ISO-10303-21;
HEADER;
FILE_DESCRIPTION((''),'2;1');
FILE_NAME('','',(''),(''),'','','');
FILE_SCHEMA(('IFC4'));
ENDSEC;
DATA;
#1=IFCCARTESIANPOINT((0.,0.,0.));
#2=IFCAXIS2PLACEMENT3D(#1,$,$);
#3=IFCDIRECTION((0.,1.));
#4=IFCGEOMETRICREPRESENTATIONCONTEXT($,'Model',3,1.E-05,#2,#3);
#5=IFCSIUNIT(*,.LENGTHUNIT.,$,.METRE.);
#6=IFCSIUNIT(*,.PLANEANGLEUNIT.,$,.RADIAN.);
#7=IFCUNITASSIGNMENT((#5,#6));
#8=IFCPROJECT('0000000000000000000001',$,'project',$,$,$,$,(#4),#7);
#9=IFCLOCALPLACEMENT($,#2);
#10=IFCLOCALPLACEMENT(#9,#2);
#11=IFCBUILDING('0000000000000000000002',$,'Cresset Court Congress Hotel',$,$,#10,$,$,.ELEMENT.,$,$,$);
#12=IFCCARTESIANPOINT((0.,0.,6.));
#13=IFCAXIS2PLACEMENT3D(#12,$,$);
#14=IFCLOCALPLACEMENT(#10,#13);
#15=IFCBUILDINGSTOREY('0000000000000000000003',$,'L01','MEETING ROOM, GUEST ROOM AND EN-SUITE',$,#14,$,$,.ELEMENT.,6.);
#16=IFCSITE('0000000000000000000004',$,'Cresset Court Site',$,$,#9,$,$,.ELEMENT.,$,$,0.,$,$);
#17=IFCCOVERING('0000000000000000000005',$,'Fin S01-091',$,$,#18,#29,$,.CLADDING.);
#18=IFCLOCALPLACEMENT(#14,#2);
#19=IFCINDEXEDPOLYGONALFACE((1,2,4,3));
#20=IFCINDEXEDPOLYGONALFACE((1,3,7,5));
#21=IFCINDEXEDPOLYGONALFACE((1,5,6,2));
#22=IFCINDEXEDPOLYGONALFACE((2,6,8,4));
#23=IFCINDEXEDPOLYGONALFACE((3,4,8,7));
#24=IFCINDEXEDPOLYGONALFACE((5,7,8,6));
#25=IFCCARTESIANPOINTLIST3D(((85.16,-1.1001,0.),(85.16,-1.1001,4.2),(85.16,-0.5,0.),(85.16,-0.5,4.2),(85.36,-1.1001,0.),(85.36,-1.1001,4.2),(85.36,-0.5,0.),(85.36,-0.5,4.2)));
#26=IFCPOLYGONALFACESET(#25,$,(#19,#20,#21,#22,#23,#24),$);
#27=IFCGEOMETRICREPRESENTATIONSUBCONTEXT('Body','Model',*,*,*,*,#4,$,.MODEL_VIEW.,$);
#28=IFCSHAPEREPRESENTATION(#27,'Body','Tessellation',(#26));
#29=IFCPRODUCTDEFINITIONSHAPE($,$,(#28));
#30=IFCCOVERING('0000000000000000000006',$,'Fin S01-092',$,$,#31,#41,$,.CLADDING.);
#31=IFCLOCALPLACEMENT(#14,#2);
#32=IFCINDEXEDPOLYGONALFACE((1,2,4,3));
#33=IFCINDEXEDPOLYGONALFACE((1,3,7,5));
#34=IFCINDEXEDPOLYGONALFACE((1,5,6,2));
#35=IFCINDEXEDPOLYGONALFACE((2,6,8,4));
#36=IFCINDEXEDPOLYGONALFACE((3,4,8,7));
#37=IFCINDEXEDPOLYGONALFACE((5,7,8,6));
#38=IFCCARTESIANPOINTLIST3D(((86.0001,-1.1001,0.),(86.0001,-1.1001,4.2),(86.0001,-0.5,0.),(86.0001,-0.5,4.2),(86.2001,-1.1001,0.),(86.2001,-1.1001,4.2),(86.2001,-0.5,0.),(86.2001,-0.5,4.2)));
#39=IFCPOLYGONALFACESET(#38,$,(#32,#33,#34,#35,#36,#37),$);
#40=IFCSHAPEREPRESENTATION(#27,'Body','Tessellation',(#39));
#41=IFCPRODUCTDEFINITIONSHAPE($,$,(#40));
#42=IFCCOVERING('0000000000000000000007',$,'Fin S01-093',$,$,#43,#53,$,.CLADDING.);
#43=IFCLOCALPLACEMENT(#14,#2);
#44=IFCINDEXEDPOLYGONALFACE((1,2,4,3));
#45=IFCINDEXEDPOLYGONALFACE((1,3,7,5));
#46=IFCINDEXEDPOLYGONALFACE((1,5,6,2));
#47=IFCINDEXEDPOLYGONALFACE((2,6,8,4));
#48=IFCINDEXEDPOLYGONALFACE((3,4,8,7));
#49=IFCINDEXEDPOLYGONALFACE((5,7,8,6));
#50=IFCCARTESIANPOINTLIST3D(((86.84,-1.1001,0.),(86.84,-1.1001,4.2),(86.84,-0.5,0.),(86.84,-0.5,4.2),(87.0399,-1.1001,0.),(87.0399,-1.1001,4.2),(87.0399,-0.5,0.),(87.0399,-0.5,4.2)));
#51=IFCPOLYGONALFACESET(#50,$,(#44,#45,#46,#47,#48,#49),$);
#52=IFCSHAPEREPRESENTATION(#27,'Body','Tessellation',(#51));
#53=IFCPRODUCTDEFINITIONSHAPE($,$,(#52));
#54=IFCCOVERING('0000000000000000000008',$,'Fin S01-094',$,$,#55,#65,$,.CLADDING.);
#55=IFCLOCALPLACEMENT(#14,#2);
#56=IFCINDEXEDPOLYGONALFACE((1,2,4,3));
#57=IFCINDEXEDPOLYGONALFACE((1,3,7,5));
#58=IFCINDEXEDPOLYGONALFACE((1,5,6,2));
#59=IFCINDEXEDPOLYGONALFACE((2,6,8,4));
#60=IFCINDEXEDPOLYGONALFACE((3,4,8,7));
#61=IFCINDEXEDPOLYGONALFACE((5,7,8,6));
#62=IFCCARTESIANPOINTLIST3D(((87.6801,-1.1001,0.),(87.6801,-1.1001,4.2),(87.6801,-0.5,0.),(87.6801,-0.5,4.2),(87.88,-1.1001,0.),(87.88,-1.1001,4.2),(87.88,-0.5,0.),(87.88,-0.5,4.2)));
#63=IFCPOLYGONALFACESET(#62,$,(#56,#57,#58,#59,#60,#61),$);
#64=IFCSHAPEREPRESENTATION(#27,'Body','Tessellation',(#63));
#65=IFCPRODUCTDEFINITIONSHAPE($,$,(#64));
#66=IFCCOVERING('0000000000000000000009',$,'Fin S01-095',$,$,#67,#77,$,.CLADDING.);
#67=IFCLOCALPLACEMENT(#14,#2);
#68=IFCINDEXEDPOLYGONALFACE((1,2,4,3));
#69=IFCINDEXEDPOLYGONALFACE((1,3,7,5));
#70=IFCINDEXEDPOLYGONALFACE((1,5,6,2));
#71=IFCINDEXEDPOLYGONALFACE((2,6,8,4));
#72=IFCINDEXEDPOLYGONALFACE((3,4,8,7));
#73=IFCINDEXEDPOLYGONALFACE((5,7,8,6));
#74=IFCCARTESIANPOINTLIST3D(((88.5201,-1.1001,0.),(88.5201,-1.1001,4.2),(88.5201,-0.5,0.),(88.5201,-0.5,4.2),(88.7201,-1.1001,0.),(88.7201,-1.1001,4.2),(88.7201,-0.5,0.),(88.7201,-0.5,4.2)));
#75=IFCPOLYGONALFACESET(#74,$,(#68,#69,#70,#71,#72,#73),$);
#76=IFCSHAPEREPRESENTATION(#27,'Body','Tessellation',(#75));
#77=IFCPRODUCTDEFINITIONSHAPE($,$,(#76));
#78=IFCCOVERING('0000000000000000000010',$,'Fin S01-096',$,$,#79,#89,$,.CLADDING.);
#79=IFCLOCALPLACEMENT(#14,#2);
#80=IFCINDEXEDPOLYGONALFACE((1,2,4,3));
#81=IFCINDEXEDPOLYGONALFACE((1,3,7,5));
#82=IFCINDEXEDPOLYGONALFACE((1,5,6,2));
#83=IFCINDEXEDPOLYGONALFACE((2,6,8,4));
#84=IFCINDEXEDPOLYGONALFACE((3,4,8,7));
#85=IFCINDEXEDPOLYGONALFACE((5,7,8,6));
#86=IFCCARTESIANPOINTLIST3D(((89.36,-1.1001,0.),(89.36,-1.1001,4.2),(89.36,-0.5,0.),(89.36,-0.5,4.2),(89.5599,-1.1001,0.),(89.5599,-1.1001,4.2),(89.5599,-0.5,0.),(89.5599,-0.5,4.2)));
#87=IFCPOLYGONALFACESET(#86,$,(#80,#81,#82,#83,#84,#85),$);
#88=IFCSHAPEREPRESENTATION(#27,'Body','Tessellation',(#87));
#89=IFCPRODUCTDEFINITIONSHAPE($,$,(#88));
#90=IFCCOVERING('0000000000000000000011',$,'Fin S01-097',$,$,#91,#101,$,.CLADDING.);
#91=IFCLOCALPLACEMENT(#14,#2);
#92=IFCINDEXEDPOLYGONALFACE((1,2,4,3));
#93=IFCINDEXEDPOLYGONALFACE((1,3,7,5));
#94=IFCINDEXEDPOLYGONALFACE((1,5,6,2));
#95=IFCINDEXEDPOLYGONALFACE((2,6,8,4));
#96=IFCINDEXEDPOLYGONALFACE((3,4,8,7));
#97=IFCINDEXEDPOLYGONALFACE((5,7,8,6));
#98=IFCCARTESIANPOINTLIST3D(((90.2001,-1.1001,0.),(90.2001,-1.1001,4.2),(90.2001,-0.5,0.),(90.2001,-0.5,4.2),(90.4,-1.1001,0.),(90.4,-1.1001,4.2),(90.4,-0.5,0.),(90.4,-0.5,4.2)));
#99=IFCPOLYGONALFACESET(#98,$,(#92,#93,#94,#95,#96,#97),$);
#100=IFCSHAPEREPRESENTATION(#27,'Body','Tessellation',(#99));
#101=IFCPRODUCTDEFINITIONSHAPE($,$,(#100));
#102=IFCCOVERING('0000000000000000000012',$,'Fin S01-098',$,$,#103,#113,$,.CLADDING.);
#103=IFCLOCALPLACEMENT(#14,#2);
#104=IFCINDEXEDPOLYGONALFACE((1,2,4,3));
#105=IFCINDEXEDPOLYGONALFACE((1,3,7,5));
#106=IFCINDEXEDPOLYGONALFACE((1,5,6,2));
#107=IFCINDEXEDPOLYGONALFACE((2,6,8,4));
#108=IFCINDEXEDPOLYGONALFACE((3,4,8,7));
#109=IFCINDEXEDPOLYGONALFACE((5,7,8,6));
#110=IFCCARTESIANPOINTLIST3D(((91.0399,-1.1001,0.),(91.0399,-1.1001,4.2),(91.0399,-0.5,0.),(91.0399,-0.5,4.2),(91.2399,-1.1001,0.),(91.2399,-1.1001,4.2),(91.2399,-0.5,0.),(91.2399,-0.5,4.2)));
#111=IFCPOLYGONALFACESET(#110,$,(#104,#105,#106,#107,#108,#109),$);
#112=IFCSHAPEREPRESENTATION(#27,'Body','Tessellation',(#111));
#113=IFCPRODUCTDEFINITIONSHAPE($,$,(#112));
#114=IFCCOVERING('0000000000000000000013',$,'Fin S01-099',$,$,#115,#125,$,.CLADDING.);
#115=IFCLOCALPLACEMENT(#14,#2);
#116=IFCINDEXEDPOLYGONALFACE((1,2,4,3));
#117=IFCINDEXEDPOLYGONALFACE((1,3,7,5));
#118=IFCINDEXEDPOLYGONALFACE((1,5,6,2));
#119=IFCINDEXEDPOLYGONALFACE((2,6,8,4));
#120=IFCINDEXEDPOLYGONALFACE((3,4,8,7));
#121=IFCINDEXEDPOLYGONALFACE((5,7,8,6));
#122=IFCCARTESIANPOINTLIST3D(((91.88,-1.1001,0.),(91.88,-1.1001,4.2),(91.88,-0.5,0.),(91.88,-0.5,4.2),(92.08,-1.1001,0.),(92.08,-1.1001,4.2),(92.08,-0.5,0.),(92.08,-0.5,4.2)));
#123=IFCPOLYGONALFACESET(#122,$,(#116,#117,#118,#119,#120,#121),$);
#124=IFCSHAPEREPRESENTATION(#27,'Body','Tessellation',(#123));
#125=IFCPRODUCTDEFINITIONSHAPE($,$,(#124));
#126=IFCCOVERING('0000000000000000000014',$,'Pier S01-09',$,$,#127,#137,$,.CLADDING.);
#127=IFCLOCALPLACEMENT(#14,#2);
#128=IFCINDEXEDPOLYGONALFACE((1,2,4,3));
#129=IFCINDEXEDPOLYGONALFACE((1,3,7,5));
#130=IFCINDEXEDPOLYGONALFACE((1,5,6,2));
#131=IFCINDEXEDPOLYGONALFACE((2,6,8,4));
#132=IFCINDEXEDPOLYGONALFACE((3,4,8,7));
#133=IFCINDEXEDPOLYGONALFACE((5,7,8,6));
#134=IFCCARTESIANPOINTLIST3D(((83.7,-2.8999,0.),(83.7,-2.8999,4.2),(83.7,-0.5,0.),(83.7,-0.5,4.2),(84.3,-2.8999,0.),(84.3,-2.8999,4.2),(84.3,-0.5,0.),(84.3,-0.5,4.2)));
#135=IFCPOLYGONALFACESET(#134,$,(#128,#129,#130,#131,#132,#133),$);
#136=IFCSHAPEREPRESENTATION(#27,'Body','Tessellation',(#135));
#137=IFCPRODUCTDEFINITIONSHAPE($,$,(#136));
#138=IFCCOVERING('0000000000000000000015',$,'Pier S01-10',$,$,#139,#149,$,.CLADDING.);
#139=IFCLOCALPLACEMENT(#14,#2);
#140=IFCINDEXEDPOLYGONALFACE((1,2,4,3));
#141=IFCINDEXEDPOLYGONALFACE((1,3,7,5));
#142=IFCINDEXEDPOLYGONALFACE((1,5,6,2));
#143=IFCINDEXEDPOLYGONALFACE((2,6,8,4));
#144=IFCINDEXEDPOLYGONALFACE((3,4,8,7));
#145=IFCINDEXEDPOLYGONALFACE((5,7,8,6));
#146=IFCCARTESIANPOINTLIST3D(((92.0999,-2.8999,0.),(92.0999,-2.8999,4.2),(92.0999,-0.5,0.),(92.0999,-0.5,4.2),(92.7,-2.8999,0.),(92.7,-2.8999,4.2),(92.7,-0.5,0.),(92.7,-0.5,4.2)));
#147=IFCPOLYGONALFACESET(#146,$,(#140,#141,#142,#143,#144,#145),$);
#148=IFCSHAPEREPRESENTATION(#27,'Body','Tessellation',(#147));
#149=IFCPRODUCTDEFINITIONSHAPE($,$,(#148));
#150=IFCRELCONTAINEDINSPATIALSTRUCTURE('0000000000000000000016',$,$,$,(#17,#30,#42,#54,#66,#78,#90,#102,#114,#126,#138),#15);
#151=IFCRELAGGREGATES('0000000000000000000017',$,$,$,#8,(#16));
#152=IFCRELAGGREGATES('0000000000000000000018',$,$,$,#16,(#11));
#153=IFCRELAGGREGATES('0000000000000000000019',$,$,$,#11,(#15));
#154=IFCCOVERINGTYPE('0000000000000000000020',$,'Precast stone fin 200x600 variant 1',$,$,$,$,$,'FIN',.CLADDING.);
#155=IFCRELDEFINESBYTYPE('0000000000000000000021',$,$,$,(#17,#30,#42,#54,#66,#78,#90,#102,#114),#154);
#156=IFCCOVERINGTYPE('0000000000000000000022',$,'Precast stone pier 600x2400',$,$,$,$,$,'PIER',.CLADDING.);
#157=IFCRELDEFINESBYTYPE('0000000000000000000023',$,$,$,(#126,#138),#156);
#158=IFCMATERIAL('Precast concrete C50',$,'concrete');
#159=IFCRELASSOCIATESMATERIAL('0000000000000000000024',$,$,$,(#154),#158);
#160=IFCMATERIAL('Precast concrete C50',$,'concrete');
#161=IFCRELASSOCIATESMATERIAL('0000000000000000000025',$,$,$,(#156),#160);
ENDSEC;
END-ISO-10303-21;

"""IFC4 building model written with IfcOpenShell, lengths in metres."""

from ifc_helpers import new_model, si_unit, direction, frame, origin, origin_2d, place, context, subcontext, project, spatial, rectangle, extrude, material, type_object, element, save


model = new_model("IFC4")

# Units and contexts
model_context = context("Model", 3, precision=1e-05, world=origin(), true_north=direction((0.0, 1.0)))
body_context = subcontext(model_context, "Body", "Model", "MODEL_VIEW")
ifc_project = project(units=[si_unit("LENGTHUNIT", "METRE"), si_unit("PLANEANGLEUNIT", "RADIAN")], contexts=[model_context])

# Site, building, storey
site_placement = place(None, origin())
site = spatial("IfcSite", under=ifc_project, at=site_placement, Name="Cresset Court Site", CompositionType="ELEMENT", RefElevation=0.0)
building_placement = place(site_placement, origin())
building = spatial("IfcBuilding", under=site, at=building_placement, Name="Cresset Court Congress Hotel", CompositionType="ELEMENT")
storey_placement = place(building_placement, frame((0.0, 0.0, 6.0)))
storey = spatial("IfcBuildingStorey", under=building, at=storey_placement, Name="L01", Description="MEETING ROOM, GUEST ROOM AND EN-SUITE", CompositionType="ELEMENT", Elevation=6.0)

# Coverings
ifc_material_1 = material(Name="Precast concrete C50", Category="concrete")
covering_type_1 = type_object("IfcCoveringType", Name="Precast stone fin 200x600 variant 1", ElementType="FIN", PredefinedType="CLADDING", material=ifc_material_1)
for number, where, z_axis, x_axis, name in (
    (1, (85.26, -0.8, 0.0), (0.0, 0.0, 1.0), (1.0, 0.0, 0.0), "Fin S01-091"),
    (2, (86.1001, -0.8, 0.0), (0.0, 0.0, 1.0), (1.0, 0.0, 0.0), "Fin S01-092"),
    (3, (86.9399, -0.8, 0.0), (0.0, 0.0, 1.0), (1.0, 0.0, 0.0), "Fin S01-093"),
    (4, (87.78, -0.8, 0.0), (0.0, 0.0, 1.0), (1.0, 0.0, 0.0), "Fin S01-094"),
    (5, (88.6201, -0.8, 0.0), (0.0, 0.0, 1.0), (1.0, 0.0, 0.0), "Fin S01-095"),
    (6, (89.46, -0.8, 0.0), (0.0, 0.0, 1.0), (1.0, 0.0, 0.0), "Fin S01-096"),
    (7, (90.3, -0.8, 0.0), (0.0, 0.0, 1.0), (1.0, 0.0, 0.0), "Fin S01-097"),
    (8, (91.1399, -0.8, 0.0), (0.0, 0.0, 1.0), (1.0, 0.0, 0.0), "Fin S01-098"),
    (9, (91.98, -0.8, 0.0), (0.0, 0.0, 1.0), (1.0, 0.0, 0.0), "Fin S01-099"),
):
    element("IfcCovering", number, at=place(storey_placement, frame(where, z_axis=z_axis, x_axis=x_axis)), inside=storey, type_object=covering_type_1, Name=name, PredefinedType="CLADDING", context=body_context, shape_type="SweptSolid", body=[
        extrude(rectangle(XDim=0.2, YDim=0.6001, at=origin_2d()), origin(), (0.0, 0.0, 1.0), 4.2),
    ])
ifc_material_2 = material(Name="Precast concrete C50", Category="concrete")
covering_type_2 = type_object("IfcCoveringType", Name="Precast stone pier 600x2400", ElementType="PIER", PredefinedType="CLADDING", material=ifc_material_2)
for number, where, z_axis, x_axis, name in (
    (10, (84.0, -1.7, 0.0), (0.0, 0.0, 1.0), (1.0, 0.0, 0.0), "Pier S01-09"),
    (11, (92.3999, -1.7, 0.0), (0.0, 0.0, 1.0), (1.0, 0.0, 0.0), "Pier S01-10"),
):
    element("IfcCovering", number, at=place(storey_placement, frame(where, z_axis=z_axis, x_axis=x_axis)), inside=storey, type_object=covering_type_2, Name=name, PredefinedType="CLADDING", context=body_context, shape_type="SweptSolid", body=[
        extrude(rectangle(XDim=0.6001, YDim=2.3999, at=origin_2d()), origin(), (0.0, 0.0, 1.0), 4.2),
    ])

save(model, "model.ifc")
